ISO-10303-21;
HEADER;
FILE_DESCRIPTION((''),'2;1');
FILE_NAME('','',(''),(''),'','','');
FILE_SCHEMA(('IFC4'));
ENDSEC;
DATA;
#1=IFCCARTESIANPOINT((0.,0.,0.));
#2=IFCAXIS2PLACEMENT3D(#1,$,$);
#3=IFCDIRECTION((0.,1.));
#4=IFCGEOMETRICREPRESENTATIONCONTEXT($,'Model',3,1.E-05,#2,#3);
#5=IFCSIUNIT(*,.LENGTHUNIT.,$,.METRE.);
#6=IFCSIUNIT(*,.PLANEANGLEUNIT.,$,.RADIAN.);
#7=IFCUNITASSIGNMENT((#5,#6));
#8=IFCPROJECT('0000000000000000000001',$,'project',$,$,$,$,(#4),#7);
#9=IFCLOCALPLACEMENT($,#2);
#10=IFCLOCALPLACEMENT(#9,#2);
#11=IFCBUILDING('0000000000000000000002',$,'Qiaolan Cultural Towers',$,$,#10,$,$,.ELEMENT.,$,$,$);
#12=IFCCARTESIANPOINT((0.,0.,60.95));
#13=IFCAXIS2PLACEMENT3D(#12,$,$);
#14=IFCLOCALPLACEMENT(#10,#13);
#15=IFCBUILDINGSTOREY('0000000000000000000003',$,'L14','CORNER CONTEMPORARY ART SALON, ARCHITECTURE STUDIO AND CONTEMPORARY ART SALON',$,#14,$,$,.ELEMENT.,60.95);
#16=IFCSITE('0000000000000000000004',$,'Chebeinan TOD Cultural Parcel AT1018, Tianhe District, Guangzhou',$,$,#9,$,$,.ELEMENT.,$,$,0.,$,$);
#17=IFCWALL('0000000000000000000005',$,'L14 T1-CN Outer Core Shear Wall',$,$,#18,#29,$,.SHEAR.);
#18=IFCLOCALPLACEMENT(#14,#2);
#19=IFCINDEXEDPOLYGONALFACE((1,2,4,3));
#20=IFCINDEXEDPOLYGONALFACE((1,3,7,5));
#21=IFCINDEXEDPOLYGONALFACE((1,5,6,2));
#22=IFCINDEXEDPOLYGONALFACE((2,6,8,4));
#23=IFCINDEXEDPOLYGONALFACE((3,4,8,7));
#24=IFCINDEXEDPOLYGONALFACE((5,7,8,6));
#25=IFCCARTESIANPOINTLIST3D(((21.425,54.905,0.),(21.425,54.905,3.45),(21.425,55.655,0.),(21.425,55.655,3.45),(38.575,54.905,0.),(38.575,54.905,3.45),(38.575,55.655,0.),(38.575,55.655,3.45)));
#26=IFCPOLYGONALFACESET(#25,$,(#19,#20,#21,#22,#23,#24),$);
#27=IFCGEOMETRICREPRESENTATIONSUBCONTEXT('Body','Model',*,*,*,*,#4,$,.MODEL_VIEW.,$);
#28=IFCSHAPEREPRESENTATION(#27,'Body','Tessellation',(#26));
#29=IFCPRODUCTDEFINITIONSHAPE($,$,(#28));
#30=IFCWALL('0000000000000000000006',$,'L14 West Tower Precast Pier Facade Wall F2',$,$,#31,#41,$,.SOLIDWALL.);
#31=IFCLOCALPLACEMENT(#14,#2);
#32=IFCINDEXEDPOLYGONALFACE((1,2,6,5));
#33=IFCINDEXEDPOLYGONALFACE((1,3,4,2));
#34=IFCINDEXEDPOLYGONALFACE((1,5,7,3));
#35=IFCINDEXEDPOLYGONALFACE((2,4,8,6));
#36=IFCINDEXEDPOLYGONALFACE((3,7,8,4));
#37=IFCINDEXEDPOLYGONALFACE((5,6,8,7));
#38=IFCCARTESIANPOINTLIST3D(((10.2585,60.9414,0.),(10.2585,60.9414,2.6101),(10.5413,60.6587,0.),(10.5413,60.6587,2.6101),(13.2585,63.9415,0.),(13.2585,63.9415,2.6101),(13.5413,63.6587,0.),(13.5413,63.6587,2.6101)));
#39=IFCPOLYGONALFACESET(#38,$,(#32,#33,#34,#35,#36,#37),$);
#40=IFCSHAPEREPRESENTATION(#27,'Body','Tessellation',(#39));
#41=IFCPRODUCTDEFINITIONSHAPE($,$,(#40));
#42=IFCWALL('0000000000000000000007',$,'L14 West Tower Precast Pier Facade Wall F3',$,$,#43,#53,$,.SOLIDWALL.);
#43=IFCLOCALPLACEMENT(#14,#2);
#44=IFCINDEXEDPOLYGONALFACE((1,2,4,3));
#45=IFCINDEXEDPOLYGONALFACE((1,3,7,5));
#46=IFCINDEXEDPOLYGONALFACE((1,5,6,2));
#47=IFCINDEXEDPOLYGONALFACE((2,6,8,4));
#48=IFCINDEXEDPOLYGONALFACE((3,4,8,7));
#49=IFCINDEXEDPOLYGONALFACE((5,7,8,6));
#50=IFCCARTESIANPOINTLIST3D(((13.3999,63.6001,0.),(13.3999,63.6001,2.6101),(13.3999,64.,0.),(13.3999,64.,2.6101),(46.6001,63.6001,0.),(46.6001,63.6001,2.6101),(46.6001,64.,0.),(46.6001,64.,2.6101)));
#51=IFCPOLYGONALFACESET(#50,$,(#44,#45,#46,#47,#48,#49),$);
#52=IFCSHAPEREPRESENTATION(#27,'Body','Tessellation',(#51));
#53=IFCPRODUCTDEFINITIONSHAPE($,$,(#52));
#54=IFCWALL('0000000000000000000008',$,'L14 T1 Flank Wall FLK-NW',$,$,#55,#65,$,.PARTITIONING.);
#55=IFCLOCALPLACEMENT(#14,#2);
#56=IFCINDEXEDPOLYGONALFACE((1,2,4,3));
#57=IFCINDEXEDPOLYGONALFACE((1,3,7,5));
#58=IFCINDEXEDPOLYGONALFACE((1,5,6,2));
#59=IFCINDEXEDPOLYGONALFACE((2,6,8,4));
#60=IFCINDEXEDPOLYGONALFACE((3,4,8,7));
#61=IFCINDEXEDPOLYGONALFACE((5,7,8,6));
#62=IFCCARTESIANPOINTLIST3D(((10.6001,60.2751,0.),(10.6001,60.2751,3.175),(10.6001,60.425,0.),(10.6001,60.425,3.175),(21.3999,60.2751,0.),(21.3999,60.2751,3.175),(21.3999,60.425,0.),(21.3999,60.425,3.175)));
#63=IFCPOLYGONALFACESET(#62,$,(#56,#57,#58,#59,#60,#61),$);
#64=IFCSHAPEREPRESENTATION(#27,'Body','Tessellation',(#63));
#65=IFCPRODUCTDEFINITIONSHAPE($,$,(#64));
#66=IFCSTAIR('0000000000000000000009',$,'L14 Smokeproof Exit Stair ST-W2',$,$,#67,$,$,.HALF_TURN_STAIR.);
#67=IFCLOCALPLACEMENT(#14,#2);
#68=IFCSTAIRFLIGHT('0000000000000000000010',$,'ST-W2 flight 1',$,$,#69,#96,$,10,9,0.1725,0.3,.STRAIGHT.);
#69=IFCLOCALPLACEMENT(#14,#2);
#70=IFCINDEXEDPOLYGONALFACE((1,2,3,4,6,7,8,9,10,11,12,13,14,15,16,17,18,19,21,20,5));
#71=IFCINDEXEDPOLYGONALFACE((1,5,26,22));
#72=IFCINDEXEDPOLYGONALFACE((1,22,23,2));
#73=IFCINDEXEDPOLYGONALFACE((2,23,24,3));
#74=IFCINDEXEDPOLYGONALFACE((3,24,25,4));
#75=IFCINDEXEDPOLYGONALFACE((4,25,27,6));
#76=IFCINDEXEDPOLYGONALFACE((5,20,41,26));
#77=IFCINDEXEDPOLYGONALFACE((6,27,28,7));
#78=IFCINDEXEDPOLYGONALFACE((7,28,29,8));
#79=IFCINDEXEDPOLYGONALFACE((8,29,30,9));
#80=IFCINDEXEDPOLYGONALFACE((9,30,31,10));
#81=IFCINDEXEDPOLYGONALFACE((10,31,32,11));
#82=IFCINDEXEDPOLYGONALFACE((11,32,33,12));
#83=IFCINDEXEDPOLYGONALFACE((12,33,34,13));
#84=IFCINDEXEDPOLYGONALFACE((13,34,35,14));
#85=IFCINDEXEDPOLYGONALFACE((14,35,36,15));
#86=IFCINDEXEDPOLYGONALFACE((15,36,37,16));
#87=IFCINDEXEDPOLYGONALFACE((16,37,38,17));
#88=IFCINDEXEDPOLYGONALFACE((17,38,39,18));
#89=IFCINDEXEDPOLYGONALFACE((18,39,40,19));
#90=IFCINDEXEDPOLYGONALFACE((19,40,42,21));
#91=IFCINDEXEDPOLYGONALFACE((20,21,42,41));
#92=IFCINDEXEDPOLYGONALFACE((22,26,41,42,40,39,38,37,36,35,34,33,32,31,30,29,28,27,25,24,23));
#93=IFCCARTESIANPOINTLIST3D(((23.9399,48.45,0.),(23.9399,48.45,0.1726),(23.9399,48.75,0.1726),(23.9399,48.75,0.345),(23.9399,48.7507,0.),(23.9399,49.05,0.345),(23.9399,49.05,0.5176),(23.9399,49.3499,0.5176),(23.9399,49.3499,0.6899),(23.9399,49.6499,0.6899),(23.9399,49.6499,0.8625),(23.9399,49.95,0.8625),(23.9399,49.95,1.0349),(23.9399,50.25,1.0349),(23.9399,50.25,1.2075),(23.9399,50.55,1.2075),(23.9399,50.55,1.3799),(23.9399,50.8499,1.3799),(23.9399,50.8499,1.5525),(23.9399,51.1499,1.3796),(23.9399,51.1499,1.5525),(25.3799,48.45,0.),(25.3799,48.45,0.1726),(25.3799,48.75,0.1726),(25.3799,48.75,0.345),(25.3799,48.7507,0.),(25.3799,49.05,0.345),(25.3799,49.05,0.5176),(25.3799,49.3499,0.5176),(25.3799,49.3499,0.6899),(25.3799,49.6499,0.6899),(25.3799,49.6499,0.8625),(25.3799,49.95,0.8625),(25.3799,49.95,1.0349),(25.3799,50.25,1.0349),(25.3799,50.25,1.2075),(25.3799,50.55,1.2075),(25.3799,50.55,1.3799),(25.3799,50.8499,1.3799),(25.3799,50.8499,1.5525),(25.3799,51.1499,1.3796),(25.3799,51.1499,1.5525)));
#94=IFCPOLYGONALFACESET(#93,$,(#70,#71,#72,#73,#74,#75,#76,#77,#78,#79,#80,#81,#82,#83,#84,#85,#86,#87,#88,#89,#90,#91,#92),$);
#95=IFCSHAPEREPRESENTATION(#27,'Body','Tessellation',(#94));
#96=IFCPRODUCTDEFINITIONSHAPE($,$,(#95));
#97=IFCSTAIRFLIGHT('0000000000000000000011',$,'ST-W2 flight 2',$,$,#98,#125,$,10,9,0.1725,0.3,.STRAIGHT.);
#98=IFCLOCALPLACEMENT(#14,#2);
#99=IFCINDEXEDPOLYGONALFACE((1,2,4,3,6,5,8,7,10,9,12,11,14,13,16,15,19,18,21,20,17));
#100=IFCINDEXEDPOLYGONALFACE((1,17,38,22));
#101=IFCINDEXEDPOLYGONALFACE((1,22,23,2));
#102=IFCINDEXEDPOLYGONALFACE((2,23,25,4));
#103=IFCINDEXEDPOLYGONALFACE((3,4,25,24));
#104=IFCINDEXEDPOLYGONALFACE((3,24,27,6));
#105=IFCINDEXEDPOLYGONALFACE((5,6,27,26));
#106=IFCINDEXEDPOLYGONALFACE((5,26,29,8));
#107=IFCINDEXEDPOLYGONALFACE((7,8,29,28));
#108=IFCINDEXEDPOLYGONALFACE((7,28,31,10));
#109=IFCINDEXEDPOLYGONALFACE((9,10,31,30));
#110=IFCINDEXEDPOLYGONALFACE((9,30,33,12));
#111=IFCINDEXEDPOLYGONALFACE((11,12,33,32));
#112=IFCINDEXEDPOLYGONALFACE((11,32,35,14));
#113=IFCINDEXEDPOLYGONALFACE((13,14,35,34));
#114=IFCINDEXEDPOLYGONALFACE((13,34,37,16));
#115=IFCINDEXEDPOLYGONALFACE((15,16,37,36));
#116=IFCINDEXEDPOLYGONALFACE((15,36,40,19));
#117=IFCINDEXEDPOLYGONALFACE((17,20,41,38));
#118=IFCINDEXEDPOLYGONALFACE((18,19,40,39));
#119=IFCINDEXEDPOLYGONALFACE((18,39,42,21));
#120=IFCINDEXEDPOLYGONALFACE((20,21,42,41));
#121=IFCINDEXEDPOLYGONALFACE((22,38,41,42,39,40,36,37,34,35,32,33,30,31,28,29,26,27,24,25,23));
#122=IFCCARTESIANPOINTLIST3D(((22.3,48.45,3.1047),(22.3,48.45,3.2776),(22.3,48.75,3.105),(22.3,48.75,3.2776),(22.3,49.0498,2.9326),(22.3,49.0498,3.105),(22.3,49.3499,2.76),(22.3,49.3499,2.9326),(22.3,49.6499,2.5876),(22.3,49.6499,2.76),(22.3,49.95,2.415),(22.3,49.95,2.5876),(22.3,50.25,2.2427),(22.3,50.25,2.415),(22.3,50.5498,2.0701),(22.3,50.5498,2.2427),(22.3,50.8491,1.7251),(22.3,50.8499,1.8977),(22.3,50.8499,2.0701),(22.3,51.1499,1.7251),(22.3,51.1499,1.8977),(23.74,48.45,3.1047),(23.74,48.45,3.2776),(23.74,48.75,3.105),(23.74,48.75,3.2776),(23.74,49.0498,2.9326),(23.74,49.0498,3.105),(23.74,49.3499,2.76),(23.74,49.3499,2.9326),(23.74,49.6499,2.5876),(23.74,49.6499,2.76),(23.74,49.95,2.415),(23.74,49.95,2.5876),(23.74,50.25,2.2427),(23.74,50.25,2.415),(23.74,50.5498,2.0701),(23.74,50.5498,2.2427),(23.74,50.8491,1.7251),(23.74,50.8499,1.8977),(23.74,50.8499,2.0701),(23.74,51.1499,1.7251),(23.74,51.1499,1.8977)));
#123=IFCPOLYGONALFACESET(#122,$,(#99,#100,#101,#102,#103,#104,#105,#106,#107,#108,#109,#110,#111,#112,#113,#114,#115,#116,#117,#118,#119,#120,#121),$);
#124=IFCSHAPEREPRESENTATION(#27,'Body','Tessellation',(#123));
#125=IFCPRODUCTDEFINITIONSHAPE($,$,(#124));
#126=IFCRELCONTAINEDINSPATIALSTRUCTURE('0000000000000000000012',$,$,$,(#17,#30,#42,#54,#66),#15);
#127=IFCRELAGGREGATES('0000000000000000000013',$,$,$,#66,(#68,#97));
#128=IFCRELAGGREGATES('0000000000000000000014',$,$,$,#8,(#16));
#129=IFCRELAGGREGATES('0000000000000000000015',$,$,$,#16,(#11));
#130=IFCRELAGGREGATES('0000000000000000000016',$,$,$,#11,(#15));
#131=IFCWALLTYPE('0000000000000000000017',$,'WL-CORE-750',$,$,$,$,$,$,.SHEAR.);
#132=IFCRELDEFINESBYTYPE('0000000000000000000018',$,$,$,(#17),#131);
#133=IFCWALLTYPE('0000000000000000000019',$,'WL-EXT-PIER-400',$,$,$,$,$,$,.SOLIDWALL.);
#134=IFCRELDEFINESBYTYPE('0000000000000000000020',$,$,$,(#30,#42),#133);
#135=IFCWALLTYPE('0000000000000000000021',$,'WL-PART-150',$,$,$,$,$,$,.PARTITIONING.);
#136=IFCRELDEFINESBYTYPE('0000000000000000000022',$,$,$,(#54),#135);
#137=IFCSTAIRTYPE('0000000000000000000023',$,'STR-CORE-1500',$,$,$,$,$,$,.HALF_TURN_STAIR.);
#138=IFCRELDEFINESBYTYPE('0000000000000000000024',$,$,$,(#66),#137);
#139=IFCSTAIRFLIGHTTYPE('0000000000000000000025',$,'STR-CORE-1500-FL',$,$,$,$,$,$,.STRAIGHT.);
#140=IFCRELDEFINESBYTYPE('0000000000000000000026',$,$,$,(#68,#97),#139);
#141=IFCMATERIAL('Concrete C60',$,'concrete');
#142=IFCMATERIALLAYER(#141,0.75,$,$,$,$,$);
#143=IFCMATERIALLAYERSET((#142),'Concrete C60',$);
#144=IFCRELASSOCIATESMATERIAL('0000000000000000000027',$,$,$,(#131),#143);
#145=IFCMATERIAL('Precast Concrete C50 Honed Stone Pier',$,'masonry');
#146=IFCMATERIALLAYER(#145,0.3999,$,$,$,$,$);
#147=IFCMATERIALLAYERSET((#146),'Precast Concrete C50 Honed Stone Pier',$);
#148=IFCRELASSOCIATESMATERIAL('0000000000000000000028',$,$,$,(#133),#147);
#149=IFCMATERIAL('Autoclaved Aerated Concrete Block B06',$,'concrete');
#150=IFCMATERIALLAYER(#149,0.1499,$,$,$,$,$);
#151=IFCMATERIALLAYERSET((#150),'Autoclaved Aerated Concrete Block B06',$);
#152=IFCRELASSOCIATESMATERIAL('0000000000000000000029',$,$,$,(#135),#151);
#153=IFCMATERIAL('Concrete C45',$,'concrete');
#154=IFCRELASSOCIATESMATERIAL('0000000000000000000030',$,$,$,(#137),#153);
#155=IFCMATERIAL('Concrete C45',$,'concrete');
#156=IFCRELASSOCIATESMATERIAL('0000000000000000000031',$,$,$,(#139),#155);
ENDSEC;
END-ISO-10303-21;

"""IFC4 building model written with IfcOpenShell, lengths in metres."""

from ifc_helpers import new_model, si_unit, direction, frame, frame_2d, origin, place, context, subcontext, project, spatial, polyline, rectangle, outline, extrude, material, layer, layer_set, type_object, element, aggregate, save


model = new_model("IFC4")

# Units and contexts
model_context = context("Model", 3, precision=1e-05, world=origin(), true_north=direction((0.0, 1.0)))
body_context = subcontext(model_context, "Body", "Model", "MODEL_VIEW")
ifc_project = project(units=[si_unit("LENGTHUNIT", "METRE"), si_unit("PLANEANGLEUNIT", "RADIAN")], contexts=[model_context])

# Site, building, storey
site_placement = place(None, origin())
site = spatial("IfcSite", under=ifc_project, at=site_placement, Name="Chebeinan TOD Cultural Parcel AT1018, Tianhe District, Guangzhou", CompositionType="ELEMENT", RefElevation=0.0)
building_placement = place(site_placement, origin())
building = spatial("IfcBuilding", under=site, at=building_placement, Name="Qiaolan Cultural Towers", CompositionType="ELEMENT")
storey_placement = place(building_placement, frame((0.0, 0.0, 60.95)))
storey = spatial("IfcBuildingStorey", under=building, at=storey_placement, Name="L14", Description="CORNER CONTEMPORARY ART SALON, ARCHITECTURE STUDIO AND CONTEMPORARY ART SALON", CompositionType="ELEMENT", Elevation=60.95)

# Walls
ifc_material_1 = material(Name="Concrete C60", Category="concrete")
ifc_layer_1 = layer(ifc_material_1, 0.75)
ifc_layer_set_1 = layer_set([ifc_layer_1], Name="Concrete C60")
wall_type_1 = type_object("IfcWallType", Name="WL-CORE-750", PredefinedType="SHEAR", material=ifc_layer_set_1)
wall_1_placement = place(storey_placement, frame((21.425, 55.28, 0.0), z_axis=(0.0, 0.0, 1.0), x_axis=(1.0, 0.0, 0.0)))
element("IfcWall", 1, at=wall_1_placement, inside=storey, type_object=wall_type_1, Name="L14 T1-CN Outer Core Shear Wall", PredefinedType="SHEAR", context=body_context, shape_type="SweptSolid", body=[
    extrude(rectangle(XDim=17.1499, YDim=0.75, at=frame_2d((8.575, 0.0))), origin(), (0.0, 0.0, 1.0), 3.45),
])
ifc_material_2 = material(Name="Precast Concrete C50 Honed Stone Pier", Category="masonry")
ifc_layer_2 = layer(ifc_material_2, 0.3999)
ifc_layer_set_2 = layer_set([ifc_layer_2], Name="Precast Concrete C50 Honed Stone Pier")
wall_type_2 = type_object("IfcWallType", Name="WL-EXT-PIER-400", PredefinedType="SOLIDWALL", material=ifc_layer_set_2)
wall_2_placement = place(storey_placement, frame((10.3999, 60.8, 0.0), z_axis=(0.0, 0.0, 1.0), x_axis=(0.707107, 0.707107, 0.0)))
element("IfcWall", 2, at=wall_2_placement, inside=storey, type_object=wall_type_2, Name="L14 West Tower Precast Pier Facade Wall F2", PredefinedType="SOLIDWALL", context=body_context, shape_type="SweptSolid", body=[
    extrude(rectangle(XDim=4.2427, YDim=0.3999, at=frame_2d((2.1213, 0.0))), origin(), (0.0, 0.0, 1.0), 2.6101),
])
wall_3_placement = place(storey_placement, frame((13.3999, 63.8, 0.0), z_axis=(0.0, 0.0, 1.0), x_axis=(1.0, 0.0, 0.0)))
element("IfcWall", 3, at=wall_3_placement, inside=storey, type_object=wall_type_2, Name="L14 West Tower Precast Pier Facade Wall F3", PredefinedType="SOLIDWALL", context=body_context, shape_type="SweptSolid", body=[
    extrude(rectangle(XDim=33.2002, YDim=0.3999, at=frame_2d((16.6001, 0.0))), origin(), (0.0, 0.0, 1.0), 2.6101),
])
ifc_material_3 = material(Name="Autoclaved Aerated Concrete Block B06", Category="concrete")
ifc_layer_3 = layer(ifc_material_3, 0.1499)
ifc_layer_set_3 = layer_set([ifc_layer_3], Name="Autoclaved Aerated Concrete Block B06")
wall_type_3 = type_object("IfcWallType", Name="WL-PART-150", PredefinedType="PARTITIONING", material=ifc_layer_set_3)
wall_4_placement = place(storey_placement, frame((10.6001, 60.3501, 0.0), z_axis=(0.0, 0.0, 1.0), x_axis=(1.0, 0.0, 0.0)))
element("IfcWall", 4, at=wall_4_placement, inside=storey, type_object=wall_type_3, Name="L14 T1 Flank Wall FLK-NW", PredefinedType="PARTITIONING", context=body_context, shape_type="SweptSolid", body=[
    extrude(rectangle(XDim=10.7998, YDim=0.1499, at=frame_2d((5.3999, 0.0))), origin(), (0.0, 0.0, 1.0), 3.175),
])

# Stair, stair flights
ifc_material_4 = material(Name="Concrete C45", Category="concrete")
stair_type = type_object("IfcStairType", Name="STR-CORE-1500", PredefinedType="HALF_TURN_STAIR", material=ifc_material_4)
stair_placement = place(storey_placement, origin())
stair = element("IfcStair", 5, at=stair_placement, inside=storey, type_object=stair_type, Name="L14 Smokeproof Exit Stair ST-W2", PredefinedType="HALF_TURN_STAIR")
ifc_material_5 = material(Name="Concrete C45", Category="concrete")
stair_flight_type = type_object("IfcStairFlightType", Name="STR-CORE-1500-FL", PredefinedType="STRAIGHT", material=ifc_material_5)
stair_flight_1_placement = place(storey_placement, frame((24.6599, 48.45, 0.0), z_axis=(0.0, 0.0, 1.0), x_axis=(0.0, 1.0, 0.0)))
stair_flight_1 = element("IfcStairFlight", 6, at=stair_flight_1_placement, type_object=stair_flight_type, Name="ST-W2 flight 1", NumberOfRisers=10, NumberOfTreads=9, PredefinedType="STRAIGHT", RiserHeight=0.1725, TreadLength=0.3, context=body_context, shape_type="SweptSolid", body=[
    extrude(outline(polyline([(0.0, 0.0), (0.0, 0.1726), (0.3, 0.1726), (0.3, 0.345), (0.6001, 0.345), (0.6001, 0.5176), (0.8999, 0.5176), (0.8999, 0.6899), (1.2, 0.6899), (1.2, 0.8625), (1.5, 0.8625), (1.5, 1.0349), (1.8, 1.0349), (1.8, 1.2075), (2.1001, 1.2075), (2.1001, 1.3799), (2.3999, 1.3799), (2.3999, 1.5525), (2.7, 1.5525), (2.7, 1.7251), (2.7, 1.3796), (0.3008, 0.0), (0.0, 0.0)])), frame((0.0, 0.72, 0.0), z_axis=(0.0, -1.0, 0.0), x_axis=(1.0, 0.0, 0.0)), (0.0, 0.0, 1.0), 1.4399),
])
stair_flight_2_placement = place(storey_placement, frame((23.02, 51.1499, 1.7251), z_axis=(0.0, 0.0, 1.0), x_axis=(0.0, -1.0, 0.0)))
stair_flight_2 = element("IfcStairFlight", 7, at=stair_flight_2_placement, type_object=stair_flight_type, Name="ST-W2 flight 2", NumberOfRisers=10, NumberOfTreads=9, PredefinedType="STRAIGHT", RiserHeight=0.1725, TreadLength=0.3, context=body_context, shape_type="SweptSolid", body=[
    extrude(outline(polyline([(0.0, 0.0), (0.0, 0.1726), (0.3, 0.1726), (0.3, 0.345), (0.6001, 0.345), (0.6001, 0.5176), (0.8999, 0.5176), (0.8999, 0.6899), (1.2, 0.6899), (1.2, 0.8625), (1.5, 0.8625), (1.5, 1.0349), (1.8, 1.0349), (1.8, 1.2075), (2.1001, 1.2075), (2.1001, 1.3799), (2.3999, 1.3799), (2.3999, 1.5525), (2.7, 1.5525), (2.7, 1.7251), (2.7, 1.3796), (0.3008, 0.0), (0.0, 0.0)])), frame((0.0, 0.72, 0.0), z_axis=(0.0, -1.0, 0.0), x_axis=(1.0, 0.0, 0.0)), (0.0, 0.0, 1.0), 1.4399),
])
aggregate(stair, [stair_flight_1, stair_flight_2])

save(model, "model.ifc")
